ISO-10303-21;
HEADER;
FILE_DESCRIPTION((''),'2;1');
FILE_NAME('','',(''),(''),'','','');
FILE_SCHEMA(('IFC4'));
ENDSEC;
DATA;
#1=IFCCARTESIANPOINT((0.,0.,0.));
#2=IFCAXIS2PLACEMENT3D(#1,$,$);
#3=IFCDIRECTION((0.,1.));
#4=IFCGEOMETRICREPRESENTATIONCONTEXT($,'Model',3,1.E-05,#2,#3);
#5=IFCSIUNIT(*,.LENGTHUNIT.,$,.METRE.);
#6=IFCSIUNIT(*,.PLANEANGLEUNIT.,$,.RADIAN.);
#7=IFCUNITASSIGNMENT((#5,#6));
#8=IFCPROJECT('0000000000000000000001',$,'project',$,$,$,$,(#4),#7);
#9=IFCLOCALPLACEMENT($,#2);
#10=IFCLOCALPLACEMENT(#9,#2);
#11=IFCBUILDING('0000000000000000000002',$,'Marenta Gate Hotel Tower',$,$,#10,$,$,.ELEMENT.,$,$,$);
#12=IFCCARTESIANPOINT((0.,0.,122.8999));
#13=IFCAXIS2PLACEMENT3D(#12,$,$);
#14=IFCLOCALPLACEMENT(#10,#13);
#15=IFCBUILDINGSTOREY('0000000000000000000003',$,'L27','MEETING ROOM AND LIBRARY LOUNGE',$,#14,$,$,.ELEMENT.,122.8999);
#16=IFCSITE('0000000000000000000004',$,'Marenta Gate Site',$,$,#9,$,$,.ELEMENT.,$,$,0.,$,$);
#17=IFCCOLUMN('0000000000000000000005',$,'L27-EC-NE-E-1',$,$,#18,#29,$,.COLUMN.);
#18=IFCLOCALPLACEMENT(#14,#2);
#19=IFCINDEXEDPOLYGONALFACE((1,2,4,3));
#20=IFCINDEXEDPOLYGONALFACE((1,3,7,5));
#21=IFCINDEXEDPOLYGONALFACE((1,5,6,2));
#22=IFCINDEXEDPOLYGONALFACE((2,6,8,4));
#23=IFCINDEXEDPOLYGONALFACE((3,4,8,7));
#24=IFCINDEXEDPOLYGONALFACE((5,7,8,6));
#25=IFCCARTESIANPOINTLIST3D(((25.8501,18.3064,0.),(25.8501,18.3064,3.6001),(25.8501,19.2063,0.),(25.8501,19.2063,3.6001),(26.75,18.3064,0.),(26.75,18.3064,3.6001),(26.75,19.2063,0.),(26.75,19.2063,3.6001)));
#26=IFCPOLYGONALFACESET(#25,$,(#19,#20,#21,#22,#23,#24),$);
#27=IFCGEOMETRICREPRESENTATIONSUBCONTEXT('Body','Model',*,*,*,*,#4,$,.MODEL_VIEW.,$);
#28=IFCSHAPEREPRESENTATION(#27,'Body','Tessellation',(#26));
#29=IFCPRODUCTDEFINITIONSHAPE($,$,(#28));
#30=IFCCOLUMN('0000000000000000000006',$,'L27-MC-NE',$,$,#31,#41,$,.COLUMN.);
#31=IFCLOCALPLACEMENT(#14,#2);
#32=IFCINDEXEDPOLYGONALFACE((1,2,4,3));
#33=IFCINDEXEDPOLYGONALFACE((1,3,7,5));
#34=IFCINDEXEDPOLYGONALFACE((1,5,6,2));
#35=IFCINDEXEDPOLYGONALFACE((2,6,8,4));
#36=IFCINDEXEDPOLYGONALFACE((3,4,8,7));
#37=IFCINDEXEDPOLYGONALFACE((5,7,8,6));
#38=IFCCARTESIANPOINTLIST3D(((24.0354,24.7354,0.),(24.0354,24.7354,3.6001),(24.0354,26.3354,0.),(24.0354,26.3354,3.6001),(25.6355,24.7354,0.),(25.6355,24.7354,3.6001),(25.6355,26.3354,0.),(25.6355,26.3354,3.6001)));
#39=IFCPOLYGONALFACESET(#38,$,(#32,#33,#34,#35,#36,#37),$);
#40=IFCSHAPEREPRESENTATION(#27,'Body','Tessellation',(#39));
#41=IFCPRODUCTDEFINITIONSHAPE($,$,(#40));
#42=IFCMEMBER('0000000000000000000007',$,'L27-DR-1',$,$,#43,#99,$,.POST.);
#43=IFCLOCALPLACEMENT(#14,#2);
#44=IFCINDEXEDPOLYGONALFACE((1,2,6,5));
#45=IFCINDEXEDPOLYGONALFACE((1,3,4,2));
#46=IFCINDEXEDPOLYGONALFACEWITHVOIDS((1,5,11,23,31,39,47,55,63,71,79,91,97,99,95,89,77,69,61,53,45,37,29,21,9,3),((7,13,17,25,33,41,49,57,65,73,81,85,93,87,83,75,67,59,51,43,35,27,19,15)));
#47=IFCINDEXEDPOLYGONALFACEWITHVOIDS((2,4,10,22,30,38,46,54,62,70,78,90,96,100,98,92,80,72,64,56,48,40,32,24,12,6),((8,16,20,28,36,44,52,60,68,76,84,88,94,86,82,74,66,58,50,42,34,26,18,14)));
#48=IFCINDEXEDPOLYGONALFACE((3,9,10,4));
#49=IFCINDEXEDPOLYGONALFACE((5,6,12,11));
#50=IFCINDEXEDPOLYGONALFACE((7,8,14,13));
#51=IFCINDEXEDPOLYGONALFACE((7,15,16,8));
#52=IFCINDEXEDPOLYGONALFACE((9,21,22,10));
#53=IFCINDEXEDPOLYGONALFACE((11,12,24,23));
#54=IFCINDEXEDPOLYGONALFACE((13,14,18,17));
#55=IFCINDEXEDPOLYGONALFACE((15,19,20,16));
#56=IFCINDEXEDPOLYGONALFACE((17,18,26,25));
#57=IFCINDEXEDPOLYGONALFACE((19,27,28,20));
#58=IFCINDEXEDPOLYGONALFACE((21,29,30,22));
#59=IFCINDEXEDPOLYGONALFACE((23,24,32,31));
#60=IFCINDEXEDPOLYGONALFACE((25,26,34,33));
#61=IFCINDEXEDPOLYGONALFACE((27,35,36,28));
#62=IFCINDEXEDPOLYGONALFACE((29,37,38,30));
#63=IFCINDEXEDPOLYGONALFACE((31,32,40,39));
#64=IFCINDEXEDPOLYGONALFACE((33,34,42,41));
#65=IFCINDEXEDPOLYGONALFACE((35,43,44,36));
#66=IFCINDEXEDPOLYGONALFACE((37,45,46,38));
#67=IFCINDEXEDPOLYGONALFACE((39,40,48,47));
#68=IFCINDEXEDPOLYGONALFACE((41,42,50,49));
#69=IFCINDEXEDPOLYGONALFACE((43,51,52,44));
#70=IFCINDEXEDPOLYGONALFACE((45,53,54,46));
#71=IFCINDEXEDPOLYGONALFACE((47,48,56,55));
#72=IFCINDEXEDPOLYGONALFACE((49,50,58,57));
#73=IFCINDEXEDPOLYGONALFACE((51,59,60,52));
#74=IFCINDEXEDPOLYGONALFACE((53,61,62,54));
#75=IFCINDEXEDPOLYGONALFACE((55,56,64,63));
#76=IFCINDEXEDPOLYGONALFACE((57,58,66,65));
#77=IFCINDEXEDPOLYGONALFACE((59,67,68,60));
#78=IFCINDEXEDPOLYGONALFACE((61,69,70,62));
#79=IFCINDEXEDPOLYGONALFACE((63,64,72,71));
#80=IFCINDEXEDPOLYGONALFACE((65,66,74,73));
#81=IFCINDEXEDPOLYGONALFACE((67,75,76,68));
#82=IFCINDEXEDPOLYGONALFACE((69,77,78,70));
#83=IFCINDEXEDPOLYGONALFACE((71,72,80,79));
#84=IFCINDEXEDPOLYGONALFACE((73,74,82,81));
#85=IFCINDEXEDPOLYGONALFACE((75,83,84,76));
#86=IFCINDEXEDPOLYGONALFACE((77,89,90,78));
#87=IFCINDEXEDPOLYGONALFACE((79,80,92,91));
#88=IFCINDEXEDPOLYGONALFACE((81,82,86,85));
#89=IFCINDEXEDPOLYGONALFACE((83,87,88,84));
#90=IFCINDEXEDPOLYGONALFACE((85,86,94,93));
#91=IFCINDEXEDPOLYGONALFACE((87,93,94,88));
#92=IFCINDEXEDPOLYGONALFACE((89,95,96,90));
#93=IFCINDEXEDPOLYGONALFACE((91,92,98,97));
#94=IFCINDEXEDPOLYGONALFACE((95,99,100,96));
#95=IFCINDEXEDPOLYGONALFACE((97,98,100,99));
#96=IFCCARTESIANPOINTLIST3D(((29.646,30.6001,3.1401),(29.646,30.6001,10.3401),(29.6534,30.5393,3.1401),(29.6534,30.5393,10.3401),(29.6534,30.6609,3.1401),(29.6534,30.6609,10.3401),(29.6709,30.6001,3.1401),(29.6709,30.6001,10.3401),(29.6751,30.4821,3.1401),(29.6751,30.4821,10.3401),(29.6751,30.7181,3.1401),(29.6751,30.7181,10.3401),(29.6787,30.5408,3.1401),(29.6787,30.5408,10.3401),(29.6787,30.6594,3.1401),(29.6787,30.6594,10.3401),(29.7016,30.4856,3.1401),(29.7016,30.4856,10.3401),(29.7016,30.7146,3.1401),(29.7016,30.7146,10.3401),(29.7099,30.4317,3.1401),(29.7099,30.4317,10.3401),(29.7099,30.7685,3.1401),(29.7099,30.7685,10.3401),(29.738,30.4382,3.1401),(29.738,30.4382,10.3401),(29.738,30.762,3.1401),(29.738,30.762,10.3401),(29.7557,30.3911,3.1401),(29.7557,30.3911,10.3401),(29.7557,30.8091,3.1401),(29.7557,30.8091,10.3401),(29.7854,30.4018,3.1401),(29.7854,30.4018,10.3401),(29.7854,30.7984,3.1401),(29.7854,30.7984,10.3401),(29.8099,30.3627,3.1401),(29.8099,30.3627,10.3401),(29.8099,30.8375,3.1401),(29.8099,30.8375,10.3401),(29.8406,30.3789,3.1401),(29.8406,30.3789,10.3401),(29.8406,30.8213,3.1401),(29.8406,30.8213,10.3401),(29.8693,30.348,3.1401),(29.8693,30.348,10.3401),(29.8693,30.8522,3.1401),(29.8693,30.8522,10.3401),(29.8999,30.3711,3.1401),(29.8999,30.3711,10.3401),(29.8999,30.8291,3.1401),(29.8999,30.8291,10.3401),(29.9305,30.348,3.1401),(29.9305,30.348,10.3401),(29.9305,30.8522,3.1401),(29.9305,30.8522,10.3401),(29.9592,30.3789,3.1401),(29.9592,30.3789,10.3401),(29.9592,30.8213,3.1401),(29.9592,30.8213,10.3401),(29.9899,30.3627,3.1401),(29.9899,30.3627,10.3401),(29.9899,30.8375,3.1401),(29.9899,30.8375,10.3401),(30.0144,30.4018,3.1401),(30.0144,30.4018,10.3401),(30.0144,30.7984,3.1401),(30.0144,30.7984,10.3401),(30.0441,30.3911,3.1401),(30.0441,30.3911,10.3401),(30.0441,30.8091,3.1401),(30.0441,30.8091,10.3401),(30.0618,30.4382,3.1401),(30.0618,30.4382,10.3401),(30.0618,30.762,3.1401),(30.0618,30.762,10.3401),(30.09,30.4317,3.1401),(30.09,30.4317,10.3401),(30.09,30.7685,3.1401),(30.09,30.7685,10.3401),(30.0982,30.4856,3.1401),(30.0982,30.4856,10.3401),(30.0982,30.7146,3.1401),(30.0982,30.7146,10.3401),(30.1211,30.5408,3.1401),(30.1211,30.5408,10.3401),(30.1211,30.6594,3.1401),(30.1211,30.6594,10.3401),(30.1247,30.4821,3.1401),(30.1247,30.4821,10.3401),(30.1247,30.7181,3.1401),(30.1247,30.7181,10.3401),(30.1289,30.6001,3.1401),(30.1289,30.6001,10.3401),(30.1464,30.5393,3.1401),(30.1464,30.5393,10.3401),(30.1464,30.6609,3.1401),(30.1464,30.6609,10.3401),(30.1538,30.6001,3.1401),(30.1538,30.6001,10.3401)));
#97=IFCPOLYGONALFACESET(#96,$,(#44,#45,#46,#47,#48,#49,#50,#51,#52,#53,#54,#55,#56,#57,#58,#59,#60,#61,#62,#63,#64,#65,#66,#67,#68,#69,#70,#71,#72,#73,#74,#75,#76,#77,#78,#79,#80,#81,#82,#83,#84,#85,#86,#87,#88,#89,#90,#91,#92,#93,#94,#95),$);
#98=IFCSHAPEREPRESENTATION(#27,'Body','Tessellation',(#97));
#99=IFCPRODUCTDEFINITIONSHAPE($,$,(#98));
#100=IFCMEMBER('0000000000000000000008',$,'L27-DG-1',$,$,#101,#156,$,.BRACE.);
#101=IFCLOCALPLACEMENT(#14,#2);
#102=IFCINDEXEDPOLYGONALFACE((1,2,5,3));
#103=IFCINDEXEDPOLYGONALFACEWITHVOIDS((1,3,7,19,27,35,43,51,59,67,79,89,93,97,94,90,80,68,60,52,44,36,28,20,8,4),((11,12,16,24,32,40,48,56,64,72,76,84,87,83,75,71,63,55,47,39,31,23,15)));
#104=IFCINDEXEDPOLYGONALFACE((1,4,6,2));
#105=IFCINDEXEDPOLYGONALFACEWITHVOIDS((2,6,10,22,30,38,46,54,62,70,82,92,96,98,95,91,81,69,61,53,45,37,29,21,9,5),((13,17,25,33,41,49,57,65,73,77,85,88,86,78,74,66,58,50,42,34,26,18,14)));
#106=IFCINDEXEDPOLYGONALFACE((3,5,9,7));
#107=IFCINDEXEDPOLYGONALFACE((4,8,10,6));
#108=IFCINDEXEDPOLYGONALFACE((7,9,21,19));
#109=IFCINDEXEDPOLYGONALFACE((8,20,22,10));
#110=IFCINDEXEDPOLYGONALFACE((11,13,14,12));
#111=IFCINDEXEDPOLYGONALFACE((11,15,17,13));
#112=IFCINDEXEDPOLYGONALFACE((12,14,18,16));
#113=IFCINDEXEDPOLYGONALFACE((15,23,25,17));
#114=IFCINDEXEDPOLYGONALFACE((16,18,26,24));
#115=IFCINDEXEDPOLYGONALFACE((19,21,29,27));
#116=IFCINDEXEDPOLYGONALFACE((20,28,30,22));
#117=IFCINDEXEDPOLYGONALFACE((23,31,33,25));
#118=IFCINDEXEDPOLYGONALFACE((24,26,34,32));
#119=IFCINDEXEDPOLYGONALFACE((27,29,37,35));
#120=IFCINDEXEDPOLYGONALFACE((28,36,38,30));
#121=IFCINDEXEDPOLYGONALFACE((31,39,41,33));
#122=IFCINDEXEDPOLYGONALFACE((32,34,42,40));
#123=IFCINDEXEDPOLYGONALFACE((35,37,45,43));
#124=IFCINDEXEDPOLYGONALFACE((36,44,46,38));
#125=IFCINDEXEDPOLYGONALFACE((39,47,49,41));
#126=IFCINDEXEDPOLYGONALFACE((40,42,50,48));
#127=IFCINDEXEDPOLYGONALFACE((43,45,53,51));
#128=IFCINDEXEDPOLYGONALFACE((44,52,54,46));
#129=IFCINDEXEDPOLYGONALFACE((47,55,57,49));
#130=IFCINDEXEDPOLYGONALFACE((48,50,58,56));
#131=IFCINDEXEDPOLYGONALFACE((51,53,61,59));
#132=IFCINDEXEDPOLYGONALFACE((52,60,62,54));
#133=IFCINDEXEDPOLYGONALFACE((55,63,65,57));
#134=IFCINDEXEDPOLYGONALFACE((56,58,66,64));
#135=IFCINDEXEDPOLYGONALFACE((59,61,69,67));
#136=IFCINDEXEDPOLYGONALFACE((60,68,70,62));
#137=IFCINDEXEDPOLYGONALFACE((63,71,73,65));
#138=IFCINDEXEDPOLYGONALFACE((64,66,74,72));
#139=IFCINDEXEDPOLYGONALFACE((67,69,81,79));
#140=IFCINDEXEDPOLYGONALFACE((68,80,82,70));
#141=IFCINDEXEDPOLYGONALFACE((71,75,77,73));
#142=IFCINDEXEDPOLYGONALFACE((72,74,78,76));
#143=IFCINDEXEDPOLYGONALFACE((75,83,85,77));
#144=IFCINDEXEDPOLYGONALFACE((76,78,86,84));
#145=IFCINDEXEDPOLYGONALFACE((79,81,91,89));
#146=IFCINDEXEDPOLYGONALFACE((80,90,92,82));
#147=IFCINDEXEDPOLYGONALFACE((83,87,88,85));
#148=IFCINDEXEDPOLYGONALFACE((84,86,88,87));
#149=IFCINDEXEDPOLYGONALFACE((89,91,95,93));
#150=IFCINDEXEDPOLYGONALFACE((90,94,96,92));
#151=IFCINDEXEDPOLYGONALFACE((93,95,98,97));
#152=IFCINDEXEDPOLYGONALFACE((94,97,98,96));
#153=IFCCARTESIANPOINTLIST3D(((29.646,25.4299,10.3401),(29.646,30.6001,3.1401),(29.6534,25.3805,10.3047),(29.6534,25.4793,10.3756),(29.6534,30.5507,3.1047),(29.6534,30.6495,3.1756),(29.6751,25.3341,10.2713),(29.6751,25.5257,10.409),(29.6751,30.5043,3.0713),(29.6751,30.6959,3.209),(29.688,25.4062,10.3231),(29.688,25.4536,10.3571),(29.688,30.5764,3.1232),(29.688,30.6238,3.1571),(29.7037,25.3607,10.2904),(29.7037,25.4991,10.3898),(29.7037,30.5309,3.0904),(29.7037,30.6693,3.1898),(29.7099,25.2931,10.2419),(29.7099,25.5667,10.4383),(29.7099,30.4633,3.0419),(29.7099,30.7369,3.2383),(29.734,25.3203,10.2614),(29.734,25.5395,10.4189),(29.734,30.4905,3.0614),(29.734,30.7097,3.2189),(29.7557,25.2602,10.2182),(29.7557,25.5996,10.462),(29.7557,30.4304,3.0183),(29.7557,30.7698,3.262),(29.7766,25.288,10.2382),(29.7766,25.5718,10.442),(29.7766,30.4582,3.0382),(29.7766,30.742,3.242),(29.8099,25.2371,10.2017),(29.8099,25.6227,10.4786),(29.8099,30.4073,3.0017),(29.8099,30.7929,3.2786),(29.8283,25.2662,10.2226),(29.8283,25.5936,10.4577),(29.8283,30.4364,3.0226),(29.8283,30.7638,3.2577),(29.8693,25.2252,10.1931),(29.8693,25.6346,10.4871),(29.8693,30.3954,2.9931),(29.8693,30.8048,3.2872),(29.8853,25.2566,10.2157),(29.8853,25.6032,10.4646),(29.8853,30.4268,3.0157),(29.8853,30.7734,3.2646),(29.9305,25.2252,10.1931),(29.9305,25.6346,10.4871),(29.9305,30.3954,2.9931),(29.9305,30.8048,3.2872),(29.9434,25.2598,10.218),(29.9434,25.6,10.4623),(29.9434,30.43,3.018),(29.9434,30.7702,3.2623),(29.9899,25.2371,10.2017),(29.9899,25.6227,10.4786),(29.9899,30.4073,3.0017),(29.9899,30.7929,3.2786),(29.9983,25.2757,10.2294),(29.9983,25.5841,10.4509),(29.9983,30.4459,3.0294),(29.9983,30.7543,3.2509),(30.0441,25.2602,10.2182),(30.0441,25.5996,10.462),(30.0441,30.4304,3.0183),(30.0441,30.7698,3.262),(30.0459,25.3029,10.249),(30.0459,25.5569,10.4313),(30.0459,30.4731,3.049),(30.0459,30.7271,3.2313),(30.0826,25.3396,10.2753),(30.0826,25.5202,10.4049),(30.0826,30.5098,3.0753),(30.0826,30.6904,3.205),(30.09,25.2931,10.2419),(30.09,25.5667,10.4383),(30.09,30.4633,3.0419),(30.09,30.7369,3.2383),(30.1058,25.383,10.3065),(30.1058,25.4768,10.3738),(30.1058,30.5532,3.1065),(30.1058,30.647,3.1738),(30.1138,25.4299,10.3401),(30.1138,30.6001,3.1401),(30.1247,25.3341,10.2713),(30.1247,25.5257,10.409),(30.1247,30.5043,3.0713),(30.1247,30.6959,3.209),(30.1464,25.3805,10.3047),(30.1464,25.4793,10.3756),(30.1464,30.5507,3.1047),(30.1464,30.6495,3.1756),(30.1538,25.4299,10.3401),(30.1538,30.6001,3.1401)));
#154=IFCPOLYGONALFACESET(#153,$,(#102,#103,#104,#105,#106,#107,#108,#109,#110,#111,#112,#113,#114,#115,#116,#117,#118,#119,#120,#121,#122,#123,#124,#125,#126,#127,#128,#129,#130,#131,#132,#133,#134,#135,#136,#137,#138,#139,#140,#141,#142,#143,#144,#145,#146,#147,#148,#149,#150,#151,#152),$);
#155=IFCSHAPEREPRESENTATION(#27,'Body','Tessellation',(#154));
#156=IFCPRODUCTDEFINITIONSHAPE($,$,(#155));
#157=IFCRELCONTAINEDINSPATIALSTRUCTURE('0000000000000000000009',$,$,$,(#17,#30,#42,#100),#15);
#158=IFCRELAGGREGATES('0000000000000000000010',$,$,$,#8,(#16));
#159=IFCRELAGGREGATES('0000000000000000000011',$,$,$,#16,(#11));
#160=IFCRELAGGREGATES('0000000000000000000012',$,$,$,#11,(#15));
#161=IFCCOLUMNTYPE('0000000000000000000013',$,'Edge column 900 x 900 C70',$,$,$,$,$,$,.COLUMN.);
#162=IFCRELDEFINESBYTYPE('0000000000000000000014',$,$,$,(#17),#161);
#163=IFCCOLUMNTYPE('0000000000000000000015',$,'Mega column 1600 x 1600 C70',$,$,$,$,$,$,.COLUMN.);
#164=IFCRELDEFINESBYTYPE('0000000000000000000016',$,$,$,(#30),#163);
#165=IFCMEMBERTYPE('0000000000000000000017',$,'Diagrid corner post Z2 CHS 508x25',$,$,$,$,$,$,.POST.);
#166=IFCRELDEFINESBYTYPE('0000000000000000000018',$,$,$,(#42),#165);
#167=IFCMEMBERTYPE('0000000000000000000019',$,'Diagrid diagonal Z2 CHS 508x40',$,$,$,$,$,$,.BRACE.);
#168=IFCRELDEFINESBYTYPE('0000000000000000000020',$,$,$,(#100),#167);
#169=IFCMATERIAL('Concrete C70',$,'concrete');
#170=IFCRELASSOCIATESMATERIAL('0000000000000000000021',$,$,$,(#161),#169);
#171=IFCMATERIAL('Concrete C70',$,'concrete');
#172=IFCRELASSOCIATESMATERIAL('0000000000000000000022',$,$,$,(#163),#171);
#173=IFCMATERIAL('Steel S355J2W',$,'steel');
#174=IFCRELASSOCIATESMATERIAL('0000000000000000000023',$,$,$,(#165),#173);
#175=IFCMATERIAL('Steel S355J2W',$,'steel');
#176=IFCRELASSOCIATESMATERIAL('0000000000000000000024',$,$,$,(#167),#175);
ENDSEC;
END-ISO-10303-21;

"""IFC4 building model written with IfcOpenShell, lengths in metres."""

from ifc_helpers import new_model, si_unit, direction, frame, origin, origin_2d, place, context, subcontext, project, spatial, rectangle, hollow_circle, extrude, material, material_profile, profile_set, type_object, element, save


model = new_model("IFC4")

# Units and contexts
model_context = context("Model", 3, precision=1e-05, world=origin(), true_north=direction((0.0, 1.0)))
body_context = subcontext(model_context, "Body", "Model", "MODEL_VIEW")
ifc_project = project(units=[si_unit("LENGTHUNIT", "METRE"), si_unit("PLANEANGLEUNIT", "RADIAN")], contexts=[model_context])

# Site, building, storey
site_placement = place(None, origin())
site = spatial("IfcSite", under=ifc_project, at=site_placement, Name="Marenta Gate Site", CompositionType="ELEMENT", RefElevation=0.0)
building_placement = place(site_placement, origin())
building = spatial("IfcBuilding", under=site, at=building_placement, Name="Marenta Gate Hotel Tower", CompositionType="ELEMENT")
storey_placement = place(building_placement, frame((0.0, 0.0, 122.8999)))
storey = spatial("IfcBuildingStorey", under=building, at=storey_placement, Name="L27", Description="MEETING ROOM AND LIBRARY LOUNGE", CompositionType="ELEMENT", Elevation=122.8999)

# Columns
ifc_material_1 = material(Name="Concrete C70", Category="concrete")
ifc_material_profile_1 = material_profile(ifc_material_1, rectangle(XDim=0.8999, YDim=0.8999, at=origin_2d()), Name="900 x 900")
ifc_profile_set_1 = profile_set([ifc_material_profile_1], Name="Concrete C70")
column_type_1 = type_object("IfcColumnType", Name="Edge column 900 x 900 C70", PredefinedType="COLUMN", material=ifc_profile_set_1)
column_1_placement = place(storey_placement, frame((26.3, 18.7563, 0.0), z_axis=(0.0, 0.0, 1.0), x_axis=(1.0, 0.0, 0.0)))
element("IfcColumn", 1, at=column_1_placement, inside=storey, type_object=column_type_1, Name="L27-EC-NE-E-1", PredefinedType="COLUMN", context=body_context, shape_type="SweptSolid", body=[
    extrude(rectangle(XDim=0.8999, YDim=0.8999, at=origin_2d()), origin(), (0.0, 0.0, 1.0), 3.6001),
])
ifc_material_2 = material(Name="Concrete C70", Category="concrete")
ifc_material_profile_2 = material_profile(ifc_material_2, rectangle(XDim=1.6001, YDim=1.6001, at=origin_2d()), Name="1600 x 1600")
ifc_profile_set_2 = profile_set([ifc_material_profile_2], Name="Concrete C70")
column_type_2 = type_object("IfcColumnType", Name="Mega column 1600 x 1600 C70", PredefinedType="COLUMN", material=ifc_profile_set_2)
column_2_placement = place(storey_placement, frame((24.8354, 25.5354, 0.0), z_axis=(0.0, 0.0, 1.0), x_axis=(1.0, 0.0, 0.0)))
element("IfcColumn", 2, at=column_2_placement, inside=storey, type_object=column_type_2, Name="L27-MC-NE", PredefinedType="COLUMN", context=body_context, shape_type="SweptSolid", body=[
    extrude(rectangle(XDim=1.6001, YDim=1.6001, at=origin_2d()), origin(), (0.0, 0.0, 1.0), 3.6001),
])

# Members
ifc_material_3 = material(Name="Steel S355J2W", Category="steel")
ifc_material_profile_3 = material_profile(ifc_material_3, hollow_circle(Radius=0.2539, WallThickness=0.0249, at=origin_2d()), Name="CHS 508x25")
ifc_profile_set_3 = profile_set([ifc_material_profile_3], Name="Steel S355J2W")
member_type_1 = type_object("IfcMemberType", Name="Diagrid corner post Z2 CHS 508x25", PredefinedType="POST", material=ifc_profile_set_3)
member_1_placement = place(storey_placement, frame((29.8999, 30.6001, 3.1401), z_axis=(0.0, 0.0, 1.0), x_axis=(1.0, 0.0, 0.0)))
element("IfcMember", 3, at=member_1_placement, inside=storey, type_object=member_type_1, Name="L27-DR-1", PredefinedType="POST", context=body_context, shape_type="SweptSolid", body=[
    extrude(hollow_circle(Radius=0.2539, WallThickness=0.0249, at=origin_2d()), origin(), (0.0, 0.0, 1.0), 7.2),
])
ifc_material_4 = material(Name="Steel S355J2W", Category="steel")
ifc_material_profile_4 = material_profile(ifc_material_4, hollow_circle(Radius=0.2539, WallThickness=0.04, at=origin_2d()), Name="CHS 508x40")
ifc_profile_set_4 = profile_set([ifc_material_profile_4], Name="Steel S355J2W")
member_type_2 = type_object("IfcMemberType", Name="Diagrid diagonal Z2 CHS 508x40", PredefinedType="BRACE", material=ifc_profile_set_4)
member_2_placement = place(storey_placement, frame((29.8999, 30.6001, 3.1401), z_axis=(0.0, -0.583279, 0.812272), x_axis=(1.0, 0.0, 0.0)))
element("IfcMember", 4, at=member_2_placement, inside=storey, type_object=member_type_2, Name="L27-DG-1", PredefinedType="BRACE", context=body_context, shape_type="SweptSolid", body=[
    extrude(hollow_circle(Radius=0.2539, WallThickness=0.04, at=origin_2d()), origin(), (0.0, 0.0, 1.0), 8.864),
])

save(model, "model.ifc")
